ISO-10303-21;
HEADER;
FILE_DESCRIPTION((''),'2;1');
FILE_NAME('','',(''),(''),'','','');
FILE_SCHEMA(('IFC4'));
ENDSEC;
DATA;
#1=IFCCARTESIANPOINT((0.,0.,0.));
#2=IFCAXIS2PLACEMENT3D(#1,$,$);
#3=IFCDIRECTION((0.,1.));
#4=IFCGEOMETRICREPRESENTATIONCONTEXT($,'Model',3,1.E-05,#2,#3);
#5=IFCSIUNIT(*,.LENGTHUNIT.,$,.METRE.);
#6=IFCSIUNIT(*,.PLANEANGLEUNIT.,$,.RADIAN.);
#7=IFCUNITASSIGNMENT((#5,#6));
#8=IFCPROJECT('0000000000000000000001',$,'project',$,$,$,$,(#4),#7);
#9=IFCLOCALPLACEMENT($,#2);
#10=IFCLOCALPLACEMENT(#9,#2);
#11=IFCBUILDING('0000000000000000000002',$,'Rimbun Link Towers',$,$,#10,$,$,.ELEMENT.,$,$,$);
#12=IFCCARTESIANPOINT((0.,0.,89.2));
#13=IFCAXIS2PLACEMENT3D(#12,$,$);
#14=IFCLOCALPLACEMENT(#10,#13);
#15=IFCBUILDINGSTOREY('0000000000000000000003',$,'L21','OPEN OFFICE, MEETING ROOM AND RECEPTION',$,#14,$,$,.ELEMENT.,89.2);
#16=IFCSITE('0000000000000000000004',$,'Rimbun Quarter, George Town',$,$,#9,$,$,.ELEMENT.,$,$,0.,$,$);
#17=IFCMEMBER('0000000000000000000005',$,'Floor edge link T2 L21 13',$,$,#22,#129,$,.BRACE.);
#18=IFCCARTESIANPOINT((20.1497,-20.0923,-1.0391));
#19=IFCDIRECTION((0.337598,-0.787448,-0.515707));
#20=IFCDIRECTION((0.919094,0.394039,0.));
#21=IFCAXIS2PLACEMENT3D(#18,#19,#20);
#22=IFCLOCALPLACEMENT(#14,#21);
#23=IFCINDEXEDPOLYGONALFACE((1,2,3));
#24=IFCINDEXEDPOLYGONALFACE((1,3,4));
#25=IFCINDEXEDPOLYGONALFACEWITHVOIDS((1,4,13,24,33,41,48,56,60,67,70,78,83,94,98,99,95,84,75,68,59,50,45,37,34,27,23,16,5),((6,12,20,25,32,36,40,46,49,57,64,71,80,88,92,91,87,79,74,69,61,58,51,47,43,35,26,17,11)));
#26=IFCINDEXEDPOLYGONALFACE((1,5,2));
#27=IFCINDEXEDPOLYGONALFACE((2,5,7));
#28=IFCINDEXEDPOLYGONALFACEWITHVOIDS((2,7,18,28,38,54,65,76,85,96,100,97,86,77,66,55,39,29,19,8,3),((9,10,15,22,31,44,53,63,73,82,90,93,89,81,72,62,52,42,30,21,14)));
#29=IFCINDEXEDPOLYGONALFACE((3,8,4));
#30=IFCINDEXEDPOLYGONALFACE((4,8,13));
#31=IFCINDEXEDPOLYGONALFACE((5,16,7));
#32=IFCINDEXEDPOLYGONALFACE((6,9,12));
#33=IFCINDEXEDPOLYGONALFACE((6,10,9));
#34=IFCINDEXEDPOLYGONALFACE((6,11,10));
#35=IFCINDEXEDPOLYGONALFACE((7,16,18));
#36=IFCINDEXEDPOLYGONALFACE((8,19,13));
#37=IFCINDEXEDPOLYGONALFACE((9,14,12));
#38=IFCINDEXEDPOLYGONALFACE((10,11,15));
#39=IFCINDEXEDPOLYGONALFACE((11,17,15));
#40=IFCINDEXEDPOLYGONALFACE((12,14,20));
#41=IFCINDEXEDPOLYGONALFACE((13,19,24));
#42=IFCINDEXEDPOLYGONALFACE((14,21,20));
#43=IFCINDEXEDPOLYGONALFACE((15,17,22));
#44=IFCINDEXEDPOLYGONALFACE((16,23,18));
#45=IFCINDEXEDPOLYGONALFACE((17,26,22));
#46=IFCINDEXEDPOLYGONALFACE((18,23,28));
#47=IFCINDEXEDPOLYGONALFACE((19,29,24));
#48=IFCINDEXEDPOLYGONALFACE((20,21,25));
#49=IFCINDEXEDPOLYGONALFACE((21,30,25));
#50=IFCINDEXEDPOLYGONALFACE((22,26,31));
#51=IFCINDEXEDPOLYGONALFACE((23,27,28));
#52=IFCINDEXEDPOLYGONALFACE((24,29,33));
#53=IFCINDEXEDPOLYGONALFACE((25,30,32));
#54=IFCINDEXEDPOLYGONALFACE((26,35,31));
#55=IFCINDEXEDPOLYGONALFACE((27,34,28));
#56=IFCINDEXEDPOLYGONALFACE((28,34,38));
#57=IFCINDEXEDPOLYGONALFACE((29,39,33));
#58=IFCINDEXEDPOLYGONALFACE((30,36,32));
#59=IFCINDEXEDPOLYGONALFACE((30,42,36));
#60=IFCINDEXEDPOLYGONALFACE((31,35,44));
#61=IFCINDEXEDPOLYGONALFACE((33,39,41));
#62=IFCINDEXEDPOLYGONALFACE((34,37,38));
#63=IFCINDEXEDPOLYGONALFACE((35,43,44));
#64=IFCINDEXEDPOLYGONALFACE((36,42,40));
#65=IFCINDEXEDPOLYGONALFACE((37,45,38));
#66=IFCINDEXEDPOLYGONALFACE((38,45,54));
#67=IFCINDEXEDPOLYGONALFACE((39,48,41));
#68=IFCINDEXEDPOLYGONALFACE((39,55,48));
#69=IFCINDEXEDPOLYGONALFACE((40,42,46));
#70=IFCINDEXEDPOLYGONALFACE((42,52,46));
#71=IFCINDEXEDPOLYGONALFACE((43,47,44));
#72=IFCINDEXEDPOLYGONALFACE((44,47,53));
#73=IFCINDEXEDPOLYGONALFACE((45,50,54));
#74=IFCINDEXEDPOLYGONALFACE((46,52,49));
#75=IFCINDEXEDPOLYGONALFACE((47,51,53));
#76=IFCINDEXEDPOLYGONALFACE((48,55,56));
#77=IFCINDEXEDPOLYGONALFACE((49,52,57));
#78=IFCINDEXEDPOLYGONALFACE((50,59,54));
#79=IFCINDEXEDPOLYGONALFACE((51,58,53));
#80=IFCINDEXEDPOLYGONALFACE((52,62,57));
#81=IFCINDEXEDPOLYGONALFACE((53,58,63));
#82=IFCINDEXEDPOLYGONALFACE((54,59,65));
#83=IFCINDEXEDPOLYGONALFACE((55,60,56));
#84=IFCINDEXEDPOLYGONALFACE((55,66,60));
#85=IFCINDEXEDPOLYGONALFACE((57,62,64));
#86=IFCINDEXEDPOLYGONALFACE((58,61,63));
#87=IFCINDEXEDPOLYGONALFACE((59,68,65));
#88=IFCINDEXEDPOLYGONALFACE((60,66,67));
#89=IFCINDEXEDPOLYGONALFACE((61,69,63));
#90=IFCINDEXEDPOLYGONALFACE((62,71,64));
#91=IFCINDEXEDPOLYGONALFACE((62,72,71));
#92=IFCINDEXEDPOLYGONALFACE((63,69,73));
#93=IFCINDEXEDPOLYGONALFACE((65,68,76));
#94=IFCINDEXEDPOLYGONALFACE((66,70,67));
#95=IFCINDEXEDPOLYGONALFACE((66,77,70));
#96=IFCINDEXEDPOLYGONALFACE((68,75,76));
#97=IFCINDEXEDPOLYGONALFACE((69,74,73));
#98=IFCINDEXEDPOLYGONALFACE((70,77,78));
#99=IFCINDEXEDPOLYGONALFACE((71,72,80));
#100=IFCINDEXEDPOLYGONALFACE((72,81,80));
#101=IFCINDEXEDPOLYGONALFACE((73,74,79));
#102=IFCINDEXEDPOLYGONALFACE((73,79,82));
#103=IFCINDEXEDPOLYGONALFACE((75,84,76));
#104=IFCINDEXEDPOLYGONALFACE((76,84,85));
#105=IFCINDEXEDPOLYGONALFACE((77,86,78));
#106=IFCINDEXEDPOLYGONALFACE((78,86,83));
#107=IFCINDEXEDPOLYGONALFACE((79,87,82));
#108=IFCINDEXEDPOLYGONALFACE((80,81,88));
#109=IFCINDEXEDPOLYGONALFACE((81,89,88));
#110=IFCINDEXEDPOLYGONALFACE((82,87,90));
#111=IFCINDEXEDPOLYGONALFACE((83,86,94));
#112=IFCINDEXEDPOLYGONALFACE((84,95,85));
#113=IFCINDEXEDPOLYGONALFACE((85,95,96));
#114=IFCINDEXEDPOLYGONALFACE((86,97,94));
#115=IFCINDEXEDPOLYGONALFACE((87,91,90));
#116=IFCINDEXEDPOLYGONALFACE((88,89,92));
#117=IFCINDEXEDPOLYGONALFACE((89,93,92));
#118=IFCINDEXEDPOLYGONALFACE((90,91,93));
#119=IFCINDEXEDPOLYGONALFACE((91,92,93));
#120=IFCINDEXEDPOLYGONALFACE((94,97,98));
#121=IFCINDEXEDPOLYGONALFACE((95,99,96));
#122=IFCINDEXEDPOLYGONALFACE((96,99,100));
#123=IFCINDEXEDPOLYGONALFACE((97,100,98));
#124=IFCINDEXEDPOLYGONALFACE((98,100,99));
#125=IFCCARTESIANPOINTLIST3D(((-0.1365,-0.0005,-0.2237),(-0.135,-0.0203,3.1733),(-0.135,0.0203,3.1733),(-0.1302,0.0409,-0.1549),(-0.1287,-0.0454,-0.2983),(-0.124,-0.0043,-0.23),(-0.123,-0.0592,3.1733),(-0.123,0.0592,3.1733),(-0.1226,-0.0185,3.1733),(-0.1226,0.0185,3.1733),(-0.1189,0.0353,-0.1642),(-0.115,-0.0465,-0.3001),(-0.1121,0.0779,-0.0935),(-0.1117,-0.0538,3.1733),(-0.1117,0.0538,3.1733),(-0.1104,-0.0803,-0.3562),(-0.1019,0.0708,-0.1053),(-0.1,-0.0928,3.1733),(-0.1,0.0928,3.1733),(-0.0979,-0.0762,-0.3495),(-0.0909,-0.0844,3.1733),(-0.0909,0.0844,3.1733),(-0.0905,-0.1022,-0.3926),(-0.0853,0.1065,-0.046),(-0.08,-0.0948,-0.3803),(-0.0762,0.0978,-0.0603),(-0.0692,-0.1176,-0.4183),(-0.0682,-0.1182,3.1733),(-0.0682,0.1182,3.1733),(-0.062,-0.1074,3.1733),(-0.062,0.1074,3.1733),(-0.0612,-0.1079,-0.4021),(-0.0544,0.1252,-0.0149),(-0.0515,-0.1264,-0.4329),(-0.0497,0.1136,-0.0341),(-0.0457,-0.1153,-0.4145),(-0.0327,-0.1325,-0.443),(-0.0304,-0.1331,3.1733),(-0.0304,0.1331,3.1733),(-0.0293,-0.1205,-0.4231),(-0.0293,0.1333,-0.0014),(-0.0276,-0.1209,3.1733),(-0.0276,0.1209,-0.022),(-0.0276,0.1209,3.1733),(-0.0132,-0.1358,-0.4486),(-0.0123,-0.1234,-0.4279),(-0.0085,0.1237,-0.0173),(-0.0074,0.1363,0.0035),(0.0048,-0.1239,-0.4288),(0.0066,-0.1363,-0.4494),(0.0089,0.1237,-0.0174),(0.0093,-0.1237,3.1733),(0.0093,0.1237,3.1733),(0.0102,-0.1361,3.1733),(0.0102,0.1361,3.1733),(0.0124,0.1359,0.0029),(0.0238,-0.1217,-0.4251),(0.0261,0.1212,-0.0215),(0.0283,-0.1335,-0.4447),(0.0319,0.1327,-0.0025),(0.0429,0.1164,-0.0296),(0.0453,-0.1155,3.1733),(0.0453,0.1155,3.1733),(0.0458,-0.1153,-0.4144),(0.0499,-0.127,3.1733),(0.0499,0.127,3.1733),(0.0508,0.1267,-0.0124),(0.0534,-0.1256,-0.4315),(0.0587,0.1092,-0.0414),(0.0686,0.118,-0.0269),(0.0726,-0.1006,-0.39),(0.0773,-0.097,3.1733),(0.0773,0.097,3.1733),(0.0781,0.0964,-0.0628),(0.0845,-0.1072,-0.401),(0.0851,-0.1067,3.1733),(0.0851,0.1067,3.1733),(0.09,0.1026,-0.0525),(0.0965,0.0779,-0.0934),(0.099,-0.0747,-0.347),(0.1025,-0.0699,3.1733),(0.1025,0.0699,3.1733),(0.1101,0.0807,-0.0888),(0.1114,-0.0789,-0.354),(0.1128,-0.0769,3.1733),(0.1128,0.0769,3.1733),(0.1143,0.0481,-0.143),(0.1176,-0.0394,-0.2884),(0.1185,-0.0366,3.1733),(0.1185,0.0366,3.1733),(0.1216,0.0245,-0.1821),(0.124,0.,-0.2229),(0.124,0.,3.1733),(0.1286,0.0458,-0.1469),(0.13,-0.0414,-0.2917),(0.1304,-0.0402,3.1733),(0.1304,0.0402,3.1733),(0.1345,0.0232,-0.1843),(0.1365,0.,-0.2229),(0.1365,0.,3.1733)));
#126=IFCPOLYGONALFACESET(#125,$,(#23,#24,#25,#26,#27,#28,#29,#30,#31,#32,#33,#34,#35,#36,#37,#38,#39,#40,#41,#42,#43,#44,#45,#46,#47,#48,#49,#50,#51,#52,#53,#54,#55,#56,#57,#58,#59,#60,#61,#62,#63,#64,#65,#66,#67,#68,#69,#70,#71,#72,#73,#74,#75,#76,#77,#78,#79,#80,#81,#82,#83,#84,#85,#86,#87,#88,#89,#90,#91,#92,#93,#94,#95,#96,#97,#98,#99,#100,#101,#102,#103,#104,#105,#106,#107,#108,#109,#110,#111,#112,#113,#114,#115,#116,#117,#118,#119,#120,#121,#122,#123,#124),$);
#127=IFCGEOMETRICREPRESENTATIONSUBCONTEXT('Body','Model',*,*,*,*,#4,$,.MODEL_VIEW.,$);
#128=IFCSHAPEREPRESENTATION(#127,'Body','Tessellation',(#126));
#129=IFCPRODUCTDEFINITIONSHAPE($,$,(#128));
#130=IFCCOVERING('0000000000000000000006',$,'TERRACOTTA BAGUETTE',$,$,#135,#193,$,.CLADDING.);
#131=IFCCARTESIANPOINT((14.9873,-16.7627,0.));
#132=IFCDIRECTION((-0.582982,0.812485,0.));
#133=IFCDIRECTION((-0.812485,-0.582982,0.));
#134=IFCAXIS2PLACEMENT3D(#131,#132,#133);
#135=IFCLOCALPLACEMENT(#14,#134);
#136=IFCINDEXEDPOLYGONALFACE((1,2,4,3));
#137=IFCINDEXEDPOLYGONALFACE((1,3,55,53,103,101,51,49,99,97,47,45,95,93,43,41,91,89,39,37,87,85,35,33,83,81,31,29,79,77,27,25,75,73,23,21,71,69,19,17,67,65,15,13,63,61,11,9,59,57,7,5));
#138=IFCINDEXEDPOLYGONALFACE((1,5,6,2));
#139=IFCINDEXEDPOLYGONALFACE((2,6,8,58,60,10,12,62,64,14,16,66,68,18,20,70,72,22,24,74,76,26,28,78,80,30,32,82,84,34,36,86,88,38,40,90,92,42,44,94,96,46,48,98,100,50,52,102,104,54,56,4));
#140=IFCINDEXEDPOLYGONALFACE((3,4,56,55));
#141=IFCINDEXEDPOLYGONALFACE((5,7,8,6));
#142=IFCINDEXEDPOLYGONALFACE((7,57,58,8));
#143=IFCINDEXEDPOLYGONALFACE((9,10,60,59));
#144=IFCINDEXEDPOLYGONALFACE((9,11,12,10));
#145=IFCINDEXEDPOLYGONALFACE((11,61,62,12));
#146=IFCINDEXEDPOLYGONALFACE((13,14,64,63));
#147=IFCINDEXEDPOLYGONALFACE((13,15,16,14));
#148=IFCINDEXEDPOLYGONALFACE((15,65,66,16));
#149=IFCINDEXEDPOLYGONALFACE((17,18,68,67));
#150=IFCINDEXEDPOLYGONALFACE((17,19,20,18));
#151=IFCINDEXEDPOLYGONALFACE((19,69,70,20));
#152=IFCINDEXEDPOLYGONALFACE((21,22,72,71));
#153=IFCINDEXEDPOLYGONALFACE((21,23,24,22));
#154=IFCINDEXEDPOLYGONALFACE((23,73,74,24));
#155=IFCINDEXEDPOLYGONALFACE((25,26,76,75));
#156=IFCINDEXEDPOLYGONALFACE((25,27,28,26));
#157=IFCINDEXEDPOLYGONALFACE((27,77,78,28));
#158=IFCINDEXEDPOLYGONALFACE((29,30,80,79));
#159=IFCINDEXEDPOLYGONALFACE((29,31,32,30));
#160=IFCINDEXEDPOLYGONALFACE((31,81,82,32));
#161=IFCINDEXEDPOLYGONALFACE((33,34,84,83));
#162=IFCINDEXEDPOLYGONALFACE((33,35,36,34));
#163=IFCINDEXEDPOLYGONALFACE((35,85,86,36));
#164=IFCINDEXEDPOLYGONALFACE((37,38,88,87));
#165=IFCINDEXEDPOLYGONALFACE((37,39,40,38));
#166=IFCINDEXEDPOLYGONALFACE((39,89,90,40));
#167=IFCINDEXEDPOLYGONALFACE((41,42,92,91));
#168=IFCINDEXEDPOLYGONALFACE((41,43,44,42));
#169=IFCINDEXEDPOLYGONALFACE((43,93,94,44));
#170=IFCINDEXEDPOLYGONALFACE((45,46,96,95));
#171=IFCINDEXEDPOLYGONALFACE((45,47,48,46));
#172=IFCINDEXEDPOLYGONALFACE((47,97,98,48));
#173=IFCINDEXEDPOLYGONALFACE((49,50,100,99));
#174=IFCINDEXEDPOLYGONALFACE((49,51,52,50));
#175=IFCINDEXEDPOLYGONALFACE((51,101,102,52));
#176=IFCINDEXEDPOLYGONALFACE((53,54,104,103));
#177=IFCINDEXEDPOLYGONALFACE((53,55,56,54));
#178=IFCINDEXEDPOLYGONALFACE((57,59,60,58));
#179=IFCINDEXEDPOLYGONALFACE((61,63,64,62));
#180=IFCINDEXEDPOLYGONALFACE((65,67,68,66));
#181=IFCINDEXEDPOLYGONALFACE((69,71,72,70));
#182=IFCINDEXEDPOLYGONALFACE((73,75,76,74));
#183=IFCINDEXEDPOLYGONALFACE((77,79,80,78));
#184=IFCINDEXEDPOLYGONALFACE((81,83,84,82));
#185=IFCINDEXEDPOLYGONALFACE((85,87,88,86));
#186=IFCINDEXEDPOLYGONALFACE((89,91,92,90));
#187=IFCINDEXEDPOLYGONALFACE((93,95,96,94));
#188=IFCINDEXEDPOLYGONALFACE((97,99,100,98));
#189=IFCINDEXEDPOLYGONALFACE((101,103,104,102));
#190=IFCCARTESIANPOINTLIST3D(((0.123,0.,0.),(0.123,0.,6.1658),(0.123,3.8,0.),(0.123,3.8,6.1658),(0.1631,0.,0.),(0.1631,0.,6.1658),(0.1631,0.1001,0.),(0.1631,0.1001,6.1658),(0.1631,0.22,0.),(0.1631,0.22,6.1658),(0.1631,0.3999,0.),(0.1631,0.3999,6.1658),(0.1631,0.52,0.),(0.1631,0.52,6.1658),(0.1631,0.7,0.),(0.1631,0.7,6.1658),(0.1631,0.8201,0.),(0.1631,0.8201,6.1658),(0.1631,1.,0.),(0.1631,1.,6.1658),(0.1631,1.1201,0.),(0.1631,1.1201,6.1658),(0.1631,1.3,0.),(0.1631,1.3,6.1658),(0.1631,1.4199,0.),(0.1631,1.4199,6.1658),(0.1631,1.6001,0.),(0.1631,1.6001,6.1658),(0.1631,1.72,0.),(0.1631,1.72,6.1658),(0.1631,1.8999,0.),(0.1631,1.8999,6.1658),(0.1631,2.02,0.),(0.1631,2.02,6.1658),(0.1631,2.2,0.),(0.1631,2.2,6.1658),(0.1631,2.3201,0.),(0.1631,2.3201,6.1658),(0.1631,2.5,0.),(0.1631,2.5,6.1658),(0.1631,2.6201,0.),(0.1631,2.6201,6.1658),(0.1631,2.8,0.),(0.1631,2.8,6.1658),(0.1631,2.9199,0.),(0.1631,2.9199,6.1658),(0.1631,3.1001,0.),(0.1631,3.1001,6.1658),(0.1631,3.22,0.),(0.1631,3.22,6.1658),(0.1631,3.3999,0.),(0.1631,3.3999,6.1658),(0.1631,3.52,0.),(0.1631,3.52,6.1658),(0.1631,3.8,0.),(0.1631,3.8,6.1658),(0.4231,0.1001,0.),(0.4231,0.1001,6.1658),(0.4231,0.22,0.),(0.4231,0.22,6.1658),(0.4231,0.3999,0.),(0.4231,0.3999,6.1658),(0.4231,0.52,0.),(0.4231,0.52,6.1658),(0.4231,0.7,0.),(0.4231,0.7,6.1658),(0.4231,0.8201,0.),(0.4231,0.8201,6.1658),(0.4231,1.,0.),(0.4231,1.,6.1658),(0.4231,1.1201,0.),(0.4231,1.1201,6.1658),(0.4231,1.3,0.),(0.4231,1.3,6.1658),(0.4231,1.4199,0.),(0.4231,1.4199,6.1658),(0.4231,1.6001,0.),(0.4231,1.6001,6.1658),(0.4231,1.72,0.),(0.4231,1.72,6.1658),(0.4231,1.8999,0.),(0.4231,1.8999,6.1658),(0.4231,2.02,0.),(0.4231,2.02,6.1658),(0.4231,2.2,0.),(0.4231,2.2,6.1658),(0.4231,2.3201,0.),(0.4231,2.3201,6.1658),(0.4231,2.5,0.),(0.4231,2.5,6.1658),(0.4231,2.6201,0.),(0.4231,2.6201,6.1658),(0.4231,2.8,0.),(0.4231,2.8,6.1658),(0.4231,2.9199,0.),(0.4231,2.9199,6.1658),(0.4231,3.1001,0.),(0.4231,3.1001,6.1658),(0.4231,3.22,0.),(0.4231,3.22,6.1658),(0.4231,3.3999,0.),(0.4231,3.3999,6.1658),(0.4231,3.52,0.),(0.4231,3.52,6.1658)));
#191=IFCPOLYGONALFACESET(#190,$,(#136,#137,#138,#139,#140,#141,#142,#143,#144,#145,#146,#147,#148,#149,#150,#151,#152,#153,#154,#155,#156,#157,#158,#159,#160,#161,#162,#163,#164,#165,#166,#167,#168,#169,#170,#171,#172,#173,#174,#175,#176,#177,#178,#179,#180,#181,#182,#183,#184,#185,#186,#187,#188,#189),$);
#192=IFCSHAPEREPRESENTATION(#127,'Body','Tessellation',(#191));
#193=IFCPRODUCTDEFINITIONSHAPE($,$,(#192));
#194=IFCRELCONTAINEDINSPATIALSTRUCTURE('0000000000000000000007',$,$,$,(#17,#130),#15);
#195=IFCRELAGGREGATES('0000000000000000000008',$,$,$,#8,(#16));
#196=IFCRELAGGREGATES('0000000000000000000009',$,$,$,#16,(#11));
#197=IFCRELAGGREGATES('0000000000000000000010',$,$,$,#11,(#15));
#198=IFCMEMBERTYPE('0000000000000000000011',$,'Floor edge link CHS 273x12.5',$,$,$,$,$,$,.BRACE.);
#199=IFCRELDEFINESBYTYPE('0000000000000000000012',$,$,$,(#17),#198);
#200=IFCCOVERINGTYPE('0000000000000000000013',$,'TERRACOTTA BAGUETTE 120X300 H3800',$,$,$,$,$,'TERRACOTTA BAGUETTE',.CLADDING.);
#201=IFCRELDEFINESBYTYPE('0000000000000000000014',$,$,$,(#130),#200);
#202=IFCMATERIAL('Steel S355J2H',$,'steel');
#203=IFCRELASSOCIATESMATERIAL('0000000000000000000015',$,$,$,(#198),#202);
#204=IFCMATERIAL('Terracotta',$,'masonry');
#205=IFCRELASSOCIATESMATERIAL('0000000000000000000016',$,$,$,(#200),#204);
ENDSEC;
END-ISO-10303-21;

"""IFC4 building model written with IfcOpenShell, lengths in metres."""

from ifc_helpers import new_model, si_unit, direction, frame, origin, origin_2d, place, context, subcontext, project, spatial, polyline, hollow_circle, outline, extrude, clip, halfspace, material, material_profile, profile_set, type_object, element, save


model = new_model("IFC4")

# Units and contexts
model_context = context("Model", 3, precision=1e-05, world=origin(), true_north=direction((0.0, 1.0)))
body_context = subcontext(model_context, "Body", "Model", "MODEL_VIEW")
ifc_project = project(units=[si_unit("LENGTHUNIT", "METRE"), si_unit("PLANEANGLEUNIT", "RADIAN")], contexts=[model_context])

# Site, building, storey
site_placement = place(None, origin())
site = spatial("IfcSite", under=ifc_project, at=site_placement, Name="Rimbun Quarter, George Town", CompositionType="ELEMENT", RefElevation=0.0)
building_placement = place(site_placement, origin())
building = spatial("IfcBuilding", under=site, at=building_placement, Name="Rimbun Link Towers", CompositionType="ELEMENT")
storey_placement = place(building_placement, frame((0.0, 0.0, 89.2)))
storey = spatial("IfcBuildingStorey", under=building, at=storey_placement, Name="L21", Description="OPEN OFFICE, MEETING ROOM AND RECEPTION", CompositionType="ELEMENT", Elevation=89.2)

# Member
ifc_material_1 = material(Name="Steel S355J2H", Category="steel")
ifc_material_profile_1 = material_profile(ifc_material_1, hollow_circle(Radius=0.1365, WallThickness=0.0125, at=origin_2d()), Name="CHS 273x12.5")
ifc_profile_set_1 = profile_set([ifc_material_profile_1], Name="Steel S355J2H")
member_type_1 = type_object("IfcMemberType", Name="Floor edge link CHS 273x12.5", PredefinedType="BRACE", material=ifc_profile_set_1)
member_1_placement = place(storey_placement, frame((20.1497, -20.0923, -1.0391), z_axis=(0.337598, -0.787448, -0.515707), x_axis=(0.919094, 0.394039, 0.0)))
element("IfcMember", 1, at=member_1_placement, inside=storey, type_object=member_type_1, Name="Floor edge link T2 L21 13", PredefinedType="BRACE", context=body_context, shape_type="Clipping", body=[
    clip(extrude(hollow_circle(Radius=0.1365, WallThickness=0.0125, at=origin_2d()), frame((0.0, 0.0, -0.4729)), (0.0, 0.0, 1.0), 3.6462), halfspace(frame((0.0, 0.0, -0.2229), z_axis=(0.0, 0.856765, -0.515707)), False)),
])

# Covering
ifc_material_2 = material(Name="Terracotta", Category="masonry")
ifc_material_profile_2 = material_profile(ifc_material_2, outline(polyline([(0.123, 0.0), (0.1631, 0.0), (0.1631, 0.1001), (0.4231, 0.1001), (0.4231, 0.22), (0.1631, 0.22), (0.1631, 0.3999), (0.4231, 0.3999), (0.4231, 0.52), (0.1631, 0.52), (0.1631, 0.7), (0.4231, 0.7), (0.4231, 0.8201), (0.1631, 0.8201), (0.1631, 1.0), (0.4231, 1.0), (0.4231, 1.1201), (0.1631, 1.1201), (0.1631, 1.3), (0.4231, 1.3), (0.4231, 1.4199), (0.1631, 1.4199), (0.1631, 1.6001), (0.4231, 1.6001), (0.4231, 1.72), (0.1631, 1.72), (0.1631, 1.8999), (0.4231, 1.8999), (0.4231, 2.02), (0.1631, 2.02), (0.1631, 2.2), (0.4231, 2.2), (0.4231, 2.3201), (0.1631, 2.3201), (0.1631, 2.5), (0.4231, 2.5), (0.4231, 2.6201), (0.1631, 2.6201), (0.1631, 2.8), (0.4231, 2.8), (0.4231, 2.9199), (0.1631, 2.9199), (0.1631, 3.1001), (0.4231, 3.1001), (0.4231, 3.22), (0.1631, 3.22), (0.1631, 3.3999), (0.4231, 3.3999), (0.4231, 3.52), (0.1631, 3.52), (0.1631, 3.8), (0.123, 3.8), (0.123, 0.0)])), Name="BAGUETTE 120X300")
ifc_profile_set_2 = profile_set([ifc_material_profile_2], Name="Terracotta")
covering_type = type_object("IfcCoveringType", Name="TERRACOTTA BAGUETTE 120X300 H3800", ElementType="TERRACOTTA BAGUETTE", PredefinedType="CLADDING", material=ifc_profile_set_2)
for number, where, z_axis, x_axis, name in (
    (2, (14.9873, -16.7627, 0.0), (-0.582982, 0.812485, 0.0), (-0.812485, -0.582982, 0.0), "TERRACOTTA BAGUETTE"),
):
    element("IfcCovering", number, at=place(storey_placement, frame(where, z_axis=z_axis, x_axis=x_axis)), inside=storey, type_object=covering_type, Name=name, PredefinedType="CLADDING", context=body_context, shape_type="SweptSolid", body=[
        extrude(outline(polyline([(0.123, 0.0), (0.1631, 0.0), (0.1631, 0.1001), (0.4231, 0.1001), (0.4231, 0.22), (0.1631, 0.22), (0.1631, 0.3999), (0.4231, 0.3999), (0.4231, 0.52), (0.1631, 0.52), (0.1631, 0.7), (0.4231, 0.7), (0.4231, 0.8201), (0.1631, 0.8201), (0.1631, 1.0), (0.4231, 1.0), (0.4231, 1.1201), (0.1631, 1.1201), (0.1631, 1.3), (0.4231, 1.3), (0.4231, 1.4199), (0.1631, 1.4199), (0.1631, 1.6001), (0.4231, 1.6001), (0.4231, 1.72), (0.1631, 1.72), (0.1631, 1.8999), (0.4231, 1.8999), (0.4231, 2.02), (0.1631, 2.02), (0.1631, 2.2), (0.4231, 2.2), (0.4231, 2.3201), (0.1631, 2.3201), (0.1631, 2.5), (0.4231, 2.5), (0.4231, 2.6201), (0.1631, 2.6201), (0.1631, 2.8), (0.4231, 2.8), (0.4231, 2.9199), (0.1631, 2.9199), (0.1631, 3.1001), (0.4231, 3.1001), (0.4231, 3.22), (0.1631, 3.22), (0.1631, 3.3999), (0.4231, 3.3999), (0.4231, 3.52), (0.1631, 3.52), (0.1631, 3.8), (0.123, 3.8), (0.123, 0.0)])), origin(), (0.0, 0.0, 1.0), 6.1658),
    ])

save(model, "model.ifc")
